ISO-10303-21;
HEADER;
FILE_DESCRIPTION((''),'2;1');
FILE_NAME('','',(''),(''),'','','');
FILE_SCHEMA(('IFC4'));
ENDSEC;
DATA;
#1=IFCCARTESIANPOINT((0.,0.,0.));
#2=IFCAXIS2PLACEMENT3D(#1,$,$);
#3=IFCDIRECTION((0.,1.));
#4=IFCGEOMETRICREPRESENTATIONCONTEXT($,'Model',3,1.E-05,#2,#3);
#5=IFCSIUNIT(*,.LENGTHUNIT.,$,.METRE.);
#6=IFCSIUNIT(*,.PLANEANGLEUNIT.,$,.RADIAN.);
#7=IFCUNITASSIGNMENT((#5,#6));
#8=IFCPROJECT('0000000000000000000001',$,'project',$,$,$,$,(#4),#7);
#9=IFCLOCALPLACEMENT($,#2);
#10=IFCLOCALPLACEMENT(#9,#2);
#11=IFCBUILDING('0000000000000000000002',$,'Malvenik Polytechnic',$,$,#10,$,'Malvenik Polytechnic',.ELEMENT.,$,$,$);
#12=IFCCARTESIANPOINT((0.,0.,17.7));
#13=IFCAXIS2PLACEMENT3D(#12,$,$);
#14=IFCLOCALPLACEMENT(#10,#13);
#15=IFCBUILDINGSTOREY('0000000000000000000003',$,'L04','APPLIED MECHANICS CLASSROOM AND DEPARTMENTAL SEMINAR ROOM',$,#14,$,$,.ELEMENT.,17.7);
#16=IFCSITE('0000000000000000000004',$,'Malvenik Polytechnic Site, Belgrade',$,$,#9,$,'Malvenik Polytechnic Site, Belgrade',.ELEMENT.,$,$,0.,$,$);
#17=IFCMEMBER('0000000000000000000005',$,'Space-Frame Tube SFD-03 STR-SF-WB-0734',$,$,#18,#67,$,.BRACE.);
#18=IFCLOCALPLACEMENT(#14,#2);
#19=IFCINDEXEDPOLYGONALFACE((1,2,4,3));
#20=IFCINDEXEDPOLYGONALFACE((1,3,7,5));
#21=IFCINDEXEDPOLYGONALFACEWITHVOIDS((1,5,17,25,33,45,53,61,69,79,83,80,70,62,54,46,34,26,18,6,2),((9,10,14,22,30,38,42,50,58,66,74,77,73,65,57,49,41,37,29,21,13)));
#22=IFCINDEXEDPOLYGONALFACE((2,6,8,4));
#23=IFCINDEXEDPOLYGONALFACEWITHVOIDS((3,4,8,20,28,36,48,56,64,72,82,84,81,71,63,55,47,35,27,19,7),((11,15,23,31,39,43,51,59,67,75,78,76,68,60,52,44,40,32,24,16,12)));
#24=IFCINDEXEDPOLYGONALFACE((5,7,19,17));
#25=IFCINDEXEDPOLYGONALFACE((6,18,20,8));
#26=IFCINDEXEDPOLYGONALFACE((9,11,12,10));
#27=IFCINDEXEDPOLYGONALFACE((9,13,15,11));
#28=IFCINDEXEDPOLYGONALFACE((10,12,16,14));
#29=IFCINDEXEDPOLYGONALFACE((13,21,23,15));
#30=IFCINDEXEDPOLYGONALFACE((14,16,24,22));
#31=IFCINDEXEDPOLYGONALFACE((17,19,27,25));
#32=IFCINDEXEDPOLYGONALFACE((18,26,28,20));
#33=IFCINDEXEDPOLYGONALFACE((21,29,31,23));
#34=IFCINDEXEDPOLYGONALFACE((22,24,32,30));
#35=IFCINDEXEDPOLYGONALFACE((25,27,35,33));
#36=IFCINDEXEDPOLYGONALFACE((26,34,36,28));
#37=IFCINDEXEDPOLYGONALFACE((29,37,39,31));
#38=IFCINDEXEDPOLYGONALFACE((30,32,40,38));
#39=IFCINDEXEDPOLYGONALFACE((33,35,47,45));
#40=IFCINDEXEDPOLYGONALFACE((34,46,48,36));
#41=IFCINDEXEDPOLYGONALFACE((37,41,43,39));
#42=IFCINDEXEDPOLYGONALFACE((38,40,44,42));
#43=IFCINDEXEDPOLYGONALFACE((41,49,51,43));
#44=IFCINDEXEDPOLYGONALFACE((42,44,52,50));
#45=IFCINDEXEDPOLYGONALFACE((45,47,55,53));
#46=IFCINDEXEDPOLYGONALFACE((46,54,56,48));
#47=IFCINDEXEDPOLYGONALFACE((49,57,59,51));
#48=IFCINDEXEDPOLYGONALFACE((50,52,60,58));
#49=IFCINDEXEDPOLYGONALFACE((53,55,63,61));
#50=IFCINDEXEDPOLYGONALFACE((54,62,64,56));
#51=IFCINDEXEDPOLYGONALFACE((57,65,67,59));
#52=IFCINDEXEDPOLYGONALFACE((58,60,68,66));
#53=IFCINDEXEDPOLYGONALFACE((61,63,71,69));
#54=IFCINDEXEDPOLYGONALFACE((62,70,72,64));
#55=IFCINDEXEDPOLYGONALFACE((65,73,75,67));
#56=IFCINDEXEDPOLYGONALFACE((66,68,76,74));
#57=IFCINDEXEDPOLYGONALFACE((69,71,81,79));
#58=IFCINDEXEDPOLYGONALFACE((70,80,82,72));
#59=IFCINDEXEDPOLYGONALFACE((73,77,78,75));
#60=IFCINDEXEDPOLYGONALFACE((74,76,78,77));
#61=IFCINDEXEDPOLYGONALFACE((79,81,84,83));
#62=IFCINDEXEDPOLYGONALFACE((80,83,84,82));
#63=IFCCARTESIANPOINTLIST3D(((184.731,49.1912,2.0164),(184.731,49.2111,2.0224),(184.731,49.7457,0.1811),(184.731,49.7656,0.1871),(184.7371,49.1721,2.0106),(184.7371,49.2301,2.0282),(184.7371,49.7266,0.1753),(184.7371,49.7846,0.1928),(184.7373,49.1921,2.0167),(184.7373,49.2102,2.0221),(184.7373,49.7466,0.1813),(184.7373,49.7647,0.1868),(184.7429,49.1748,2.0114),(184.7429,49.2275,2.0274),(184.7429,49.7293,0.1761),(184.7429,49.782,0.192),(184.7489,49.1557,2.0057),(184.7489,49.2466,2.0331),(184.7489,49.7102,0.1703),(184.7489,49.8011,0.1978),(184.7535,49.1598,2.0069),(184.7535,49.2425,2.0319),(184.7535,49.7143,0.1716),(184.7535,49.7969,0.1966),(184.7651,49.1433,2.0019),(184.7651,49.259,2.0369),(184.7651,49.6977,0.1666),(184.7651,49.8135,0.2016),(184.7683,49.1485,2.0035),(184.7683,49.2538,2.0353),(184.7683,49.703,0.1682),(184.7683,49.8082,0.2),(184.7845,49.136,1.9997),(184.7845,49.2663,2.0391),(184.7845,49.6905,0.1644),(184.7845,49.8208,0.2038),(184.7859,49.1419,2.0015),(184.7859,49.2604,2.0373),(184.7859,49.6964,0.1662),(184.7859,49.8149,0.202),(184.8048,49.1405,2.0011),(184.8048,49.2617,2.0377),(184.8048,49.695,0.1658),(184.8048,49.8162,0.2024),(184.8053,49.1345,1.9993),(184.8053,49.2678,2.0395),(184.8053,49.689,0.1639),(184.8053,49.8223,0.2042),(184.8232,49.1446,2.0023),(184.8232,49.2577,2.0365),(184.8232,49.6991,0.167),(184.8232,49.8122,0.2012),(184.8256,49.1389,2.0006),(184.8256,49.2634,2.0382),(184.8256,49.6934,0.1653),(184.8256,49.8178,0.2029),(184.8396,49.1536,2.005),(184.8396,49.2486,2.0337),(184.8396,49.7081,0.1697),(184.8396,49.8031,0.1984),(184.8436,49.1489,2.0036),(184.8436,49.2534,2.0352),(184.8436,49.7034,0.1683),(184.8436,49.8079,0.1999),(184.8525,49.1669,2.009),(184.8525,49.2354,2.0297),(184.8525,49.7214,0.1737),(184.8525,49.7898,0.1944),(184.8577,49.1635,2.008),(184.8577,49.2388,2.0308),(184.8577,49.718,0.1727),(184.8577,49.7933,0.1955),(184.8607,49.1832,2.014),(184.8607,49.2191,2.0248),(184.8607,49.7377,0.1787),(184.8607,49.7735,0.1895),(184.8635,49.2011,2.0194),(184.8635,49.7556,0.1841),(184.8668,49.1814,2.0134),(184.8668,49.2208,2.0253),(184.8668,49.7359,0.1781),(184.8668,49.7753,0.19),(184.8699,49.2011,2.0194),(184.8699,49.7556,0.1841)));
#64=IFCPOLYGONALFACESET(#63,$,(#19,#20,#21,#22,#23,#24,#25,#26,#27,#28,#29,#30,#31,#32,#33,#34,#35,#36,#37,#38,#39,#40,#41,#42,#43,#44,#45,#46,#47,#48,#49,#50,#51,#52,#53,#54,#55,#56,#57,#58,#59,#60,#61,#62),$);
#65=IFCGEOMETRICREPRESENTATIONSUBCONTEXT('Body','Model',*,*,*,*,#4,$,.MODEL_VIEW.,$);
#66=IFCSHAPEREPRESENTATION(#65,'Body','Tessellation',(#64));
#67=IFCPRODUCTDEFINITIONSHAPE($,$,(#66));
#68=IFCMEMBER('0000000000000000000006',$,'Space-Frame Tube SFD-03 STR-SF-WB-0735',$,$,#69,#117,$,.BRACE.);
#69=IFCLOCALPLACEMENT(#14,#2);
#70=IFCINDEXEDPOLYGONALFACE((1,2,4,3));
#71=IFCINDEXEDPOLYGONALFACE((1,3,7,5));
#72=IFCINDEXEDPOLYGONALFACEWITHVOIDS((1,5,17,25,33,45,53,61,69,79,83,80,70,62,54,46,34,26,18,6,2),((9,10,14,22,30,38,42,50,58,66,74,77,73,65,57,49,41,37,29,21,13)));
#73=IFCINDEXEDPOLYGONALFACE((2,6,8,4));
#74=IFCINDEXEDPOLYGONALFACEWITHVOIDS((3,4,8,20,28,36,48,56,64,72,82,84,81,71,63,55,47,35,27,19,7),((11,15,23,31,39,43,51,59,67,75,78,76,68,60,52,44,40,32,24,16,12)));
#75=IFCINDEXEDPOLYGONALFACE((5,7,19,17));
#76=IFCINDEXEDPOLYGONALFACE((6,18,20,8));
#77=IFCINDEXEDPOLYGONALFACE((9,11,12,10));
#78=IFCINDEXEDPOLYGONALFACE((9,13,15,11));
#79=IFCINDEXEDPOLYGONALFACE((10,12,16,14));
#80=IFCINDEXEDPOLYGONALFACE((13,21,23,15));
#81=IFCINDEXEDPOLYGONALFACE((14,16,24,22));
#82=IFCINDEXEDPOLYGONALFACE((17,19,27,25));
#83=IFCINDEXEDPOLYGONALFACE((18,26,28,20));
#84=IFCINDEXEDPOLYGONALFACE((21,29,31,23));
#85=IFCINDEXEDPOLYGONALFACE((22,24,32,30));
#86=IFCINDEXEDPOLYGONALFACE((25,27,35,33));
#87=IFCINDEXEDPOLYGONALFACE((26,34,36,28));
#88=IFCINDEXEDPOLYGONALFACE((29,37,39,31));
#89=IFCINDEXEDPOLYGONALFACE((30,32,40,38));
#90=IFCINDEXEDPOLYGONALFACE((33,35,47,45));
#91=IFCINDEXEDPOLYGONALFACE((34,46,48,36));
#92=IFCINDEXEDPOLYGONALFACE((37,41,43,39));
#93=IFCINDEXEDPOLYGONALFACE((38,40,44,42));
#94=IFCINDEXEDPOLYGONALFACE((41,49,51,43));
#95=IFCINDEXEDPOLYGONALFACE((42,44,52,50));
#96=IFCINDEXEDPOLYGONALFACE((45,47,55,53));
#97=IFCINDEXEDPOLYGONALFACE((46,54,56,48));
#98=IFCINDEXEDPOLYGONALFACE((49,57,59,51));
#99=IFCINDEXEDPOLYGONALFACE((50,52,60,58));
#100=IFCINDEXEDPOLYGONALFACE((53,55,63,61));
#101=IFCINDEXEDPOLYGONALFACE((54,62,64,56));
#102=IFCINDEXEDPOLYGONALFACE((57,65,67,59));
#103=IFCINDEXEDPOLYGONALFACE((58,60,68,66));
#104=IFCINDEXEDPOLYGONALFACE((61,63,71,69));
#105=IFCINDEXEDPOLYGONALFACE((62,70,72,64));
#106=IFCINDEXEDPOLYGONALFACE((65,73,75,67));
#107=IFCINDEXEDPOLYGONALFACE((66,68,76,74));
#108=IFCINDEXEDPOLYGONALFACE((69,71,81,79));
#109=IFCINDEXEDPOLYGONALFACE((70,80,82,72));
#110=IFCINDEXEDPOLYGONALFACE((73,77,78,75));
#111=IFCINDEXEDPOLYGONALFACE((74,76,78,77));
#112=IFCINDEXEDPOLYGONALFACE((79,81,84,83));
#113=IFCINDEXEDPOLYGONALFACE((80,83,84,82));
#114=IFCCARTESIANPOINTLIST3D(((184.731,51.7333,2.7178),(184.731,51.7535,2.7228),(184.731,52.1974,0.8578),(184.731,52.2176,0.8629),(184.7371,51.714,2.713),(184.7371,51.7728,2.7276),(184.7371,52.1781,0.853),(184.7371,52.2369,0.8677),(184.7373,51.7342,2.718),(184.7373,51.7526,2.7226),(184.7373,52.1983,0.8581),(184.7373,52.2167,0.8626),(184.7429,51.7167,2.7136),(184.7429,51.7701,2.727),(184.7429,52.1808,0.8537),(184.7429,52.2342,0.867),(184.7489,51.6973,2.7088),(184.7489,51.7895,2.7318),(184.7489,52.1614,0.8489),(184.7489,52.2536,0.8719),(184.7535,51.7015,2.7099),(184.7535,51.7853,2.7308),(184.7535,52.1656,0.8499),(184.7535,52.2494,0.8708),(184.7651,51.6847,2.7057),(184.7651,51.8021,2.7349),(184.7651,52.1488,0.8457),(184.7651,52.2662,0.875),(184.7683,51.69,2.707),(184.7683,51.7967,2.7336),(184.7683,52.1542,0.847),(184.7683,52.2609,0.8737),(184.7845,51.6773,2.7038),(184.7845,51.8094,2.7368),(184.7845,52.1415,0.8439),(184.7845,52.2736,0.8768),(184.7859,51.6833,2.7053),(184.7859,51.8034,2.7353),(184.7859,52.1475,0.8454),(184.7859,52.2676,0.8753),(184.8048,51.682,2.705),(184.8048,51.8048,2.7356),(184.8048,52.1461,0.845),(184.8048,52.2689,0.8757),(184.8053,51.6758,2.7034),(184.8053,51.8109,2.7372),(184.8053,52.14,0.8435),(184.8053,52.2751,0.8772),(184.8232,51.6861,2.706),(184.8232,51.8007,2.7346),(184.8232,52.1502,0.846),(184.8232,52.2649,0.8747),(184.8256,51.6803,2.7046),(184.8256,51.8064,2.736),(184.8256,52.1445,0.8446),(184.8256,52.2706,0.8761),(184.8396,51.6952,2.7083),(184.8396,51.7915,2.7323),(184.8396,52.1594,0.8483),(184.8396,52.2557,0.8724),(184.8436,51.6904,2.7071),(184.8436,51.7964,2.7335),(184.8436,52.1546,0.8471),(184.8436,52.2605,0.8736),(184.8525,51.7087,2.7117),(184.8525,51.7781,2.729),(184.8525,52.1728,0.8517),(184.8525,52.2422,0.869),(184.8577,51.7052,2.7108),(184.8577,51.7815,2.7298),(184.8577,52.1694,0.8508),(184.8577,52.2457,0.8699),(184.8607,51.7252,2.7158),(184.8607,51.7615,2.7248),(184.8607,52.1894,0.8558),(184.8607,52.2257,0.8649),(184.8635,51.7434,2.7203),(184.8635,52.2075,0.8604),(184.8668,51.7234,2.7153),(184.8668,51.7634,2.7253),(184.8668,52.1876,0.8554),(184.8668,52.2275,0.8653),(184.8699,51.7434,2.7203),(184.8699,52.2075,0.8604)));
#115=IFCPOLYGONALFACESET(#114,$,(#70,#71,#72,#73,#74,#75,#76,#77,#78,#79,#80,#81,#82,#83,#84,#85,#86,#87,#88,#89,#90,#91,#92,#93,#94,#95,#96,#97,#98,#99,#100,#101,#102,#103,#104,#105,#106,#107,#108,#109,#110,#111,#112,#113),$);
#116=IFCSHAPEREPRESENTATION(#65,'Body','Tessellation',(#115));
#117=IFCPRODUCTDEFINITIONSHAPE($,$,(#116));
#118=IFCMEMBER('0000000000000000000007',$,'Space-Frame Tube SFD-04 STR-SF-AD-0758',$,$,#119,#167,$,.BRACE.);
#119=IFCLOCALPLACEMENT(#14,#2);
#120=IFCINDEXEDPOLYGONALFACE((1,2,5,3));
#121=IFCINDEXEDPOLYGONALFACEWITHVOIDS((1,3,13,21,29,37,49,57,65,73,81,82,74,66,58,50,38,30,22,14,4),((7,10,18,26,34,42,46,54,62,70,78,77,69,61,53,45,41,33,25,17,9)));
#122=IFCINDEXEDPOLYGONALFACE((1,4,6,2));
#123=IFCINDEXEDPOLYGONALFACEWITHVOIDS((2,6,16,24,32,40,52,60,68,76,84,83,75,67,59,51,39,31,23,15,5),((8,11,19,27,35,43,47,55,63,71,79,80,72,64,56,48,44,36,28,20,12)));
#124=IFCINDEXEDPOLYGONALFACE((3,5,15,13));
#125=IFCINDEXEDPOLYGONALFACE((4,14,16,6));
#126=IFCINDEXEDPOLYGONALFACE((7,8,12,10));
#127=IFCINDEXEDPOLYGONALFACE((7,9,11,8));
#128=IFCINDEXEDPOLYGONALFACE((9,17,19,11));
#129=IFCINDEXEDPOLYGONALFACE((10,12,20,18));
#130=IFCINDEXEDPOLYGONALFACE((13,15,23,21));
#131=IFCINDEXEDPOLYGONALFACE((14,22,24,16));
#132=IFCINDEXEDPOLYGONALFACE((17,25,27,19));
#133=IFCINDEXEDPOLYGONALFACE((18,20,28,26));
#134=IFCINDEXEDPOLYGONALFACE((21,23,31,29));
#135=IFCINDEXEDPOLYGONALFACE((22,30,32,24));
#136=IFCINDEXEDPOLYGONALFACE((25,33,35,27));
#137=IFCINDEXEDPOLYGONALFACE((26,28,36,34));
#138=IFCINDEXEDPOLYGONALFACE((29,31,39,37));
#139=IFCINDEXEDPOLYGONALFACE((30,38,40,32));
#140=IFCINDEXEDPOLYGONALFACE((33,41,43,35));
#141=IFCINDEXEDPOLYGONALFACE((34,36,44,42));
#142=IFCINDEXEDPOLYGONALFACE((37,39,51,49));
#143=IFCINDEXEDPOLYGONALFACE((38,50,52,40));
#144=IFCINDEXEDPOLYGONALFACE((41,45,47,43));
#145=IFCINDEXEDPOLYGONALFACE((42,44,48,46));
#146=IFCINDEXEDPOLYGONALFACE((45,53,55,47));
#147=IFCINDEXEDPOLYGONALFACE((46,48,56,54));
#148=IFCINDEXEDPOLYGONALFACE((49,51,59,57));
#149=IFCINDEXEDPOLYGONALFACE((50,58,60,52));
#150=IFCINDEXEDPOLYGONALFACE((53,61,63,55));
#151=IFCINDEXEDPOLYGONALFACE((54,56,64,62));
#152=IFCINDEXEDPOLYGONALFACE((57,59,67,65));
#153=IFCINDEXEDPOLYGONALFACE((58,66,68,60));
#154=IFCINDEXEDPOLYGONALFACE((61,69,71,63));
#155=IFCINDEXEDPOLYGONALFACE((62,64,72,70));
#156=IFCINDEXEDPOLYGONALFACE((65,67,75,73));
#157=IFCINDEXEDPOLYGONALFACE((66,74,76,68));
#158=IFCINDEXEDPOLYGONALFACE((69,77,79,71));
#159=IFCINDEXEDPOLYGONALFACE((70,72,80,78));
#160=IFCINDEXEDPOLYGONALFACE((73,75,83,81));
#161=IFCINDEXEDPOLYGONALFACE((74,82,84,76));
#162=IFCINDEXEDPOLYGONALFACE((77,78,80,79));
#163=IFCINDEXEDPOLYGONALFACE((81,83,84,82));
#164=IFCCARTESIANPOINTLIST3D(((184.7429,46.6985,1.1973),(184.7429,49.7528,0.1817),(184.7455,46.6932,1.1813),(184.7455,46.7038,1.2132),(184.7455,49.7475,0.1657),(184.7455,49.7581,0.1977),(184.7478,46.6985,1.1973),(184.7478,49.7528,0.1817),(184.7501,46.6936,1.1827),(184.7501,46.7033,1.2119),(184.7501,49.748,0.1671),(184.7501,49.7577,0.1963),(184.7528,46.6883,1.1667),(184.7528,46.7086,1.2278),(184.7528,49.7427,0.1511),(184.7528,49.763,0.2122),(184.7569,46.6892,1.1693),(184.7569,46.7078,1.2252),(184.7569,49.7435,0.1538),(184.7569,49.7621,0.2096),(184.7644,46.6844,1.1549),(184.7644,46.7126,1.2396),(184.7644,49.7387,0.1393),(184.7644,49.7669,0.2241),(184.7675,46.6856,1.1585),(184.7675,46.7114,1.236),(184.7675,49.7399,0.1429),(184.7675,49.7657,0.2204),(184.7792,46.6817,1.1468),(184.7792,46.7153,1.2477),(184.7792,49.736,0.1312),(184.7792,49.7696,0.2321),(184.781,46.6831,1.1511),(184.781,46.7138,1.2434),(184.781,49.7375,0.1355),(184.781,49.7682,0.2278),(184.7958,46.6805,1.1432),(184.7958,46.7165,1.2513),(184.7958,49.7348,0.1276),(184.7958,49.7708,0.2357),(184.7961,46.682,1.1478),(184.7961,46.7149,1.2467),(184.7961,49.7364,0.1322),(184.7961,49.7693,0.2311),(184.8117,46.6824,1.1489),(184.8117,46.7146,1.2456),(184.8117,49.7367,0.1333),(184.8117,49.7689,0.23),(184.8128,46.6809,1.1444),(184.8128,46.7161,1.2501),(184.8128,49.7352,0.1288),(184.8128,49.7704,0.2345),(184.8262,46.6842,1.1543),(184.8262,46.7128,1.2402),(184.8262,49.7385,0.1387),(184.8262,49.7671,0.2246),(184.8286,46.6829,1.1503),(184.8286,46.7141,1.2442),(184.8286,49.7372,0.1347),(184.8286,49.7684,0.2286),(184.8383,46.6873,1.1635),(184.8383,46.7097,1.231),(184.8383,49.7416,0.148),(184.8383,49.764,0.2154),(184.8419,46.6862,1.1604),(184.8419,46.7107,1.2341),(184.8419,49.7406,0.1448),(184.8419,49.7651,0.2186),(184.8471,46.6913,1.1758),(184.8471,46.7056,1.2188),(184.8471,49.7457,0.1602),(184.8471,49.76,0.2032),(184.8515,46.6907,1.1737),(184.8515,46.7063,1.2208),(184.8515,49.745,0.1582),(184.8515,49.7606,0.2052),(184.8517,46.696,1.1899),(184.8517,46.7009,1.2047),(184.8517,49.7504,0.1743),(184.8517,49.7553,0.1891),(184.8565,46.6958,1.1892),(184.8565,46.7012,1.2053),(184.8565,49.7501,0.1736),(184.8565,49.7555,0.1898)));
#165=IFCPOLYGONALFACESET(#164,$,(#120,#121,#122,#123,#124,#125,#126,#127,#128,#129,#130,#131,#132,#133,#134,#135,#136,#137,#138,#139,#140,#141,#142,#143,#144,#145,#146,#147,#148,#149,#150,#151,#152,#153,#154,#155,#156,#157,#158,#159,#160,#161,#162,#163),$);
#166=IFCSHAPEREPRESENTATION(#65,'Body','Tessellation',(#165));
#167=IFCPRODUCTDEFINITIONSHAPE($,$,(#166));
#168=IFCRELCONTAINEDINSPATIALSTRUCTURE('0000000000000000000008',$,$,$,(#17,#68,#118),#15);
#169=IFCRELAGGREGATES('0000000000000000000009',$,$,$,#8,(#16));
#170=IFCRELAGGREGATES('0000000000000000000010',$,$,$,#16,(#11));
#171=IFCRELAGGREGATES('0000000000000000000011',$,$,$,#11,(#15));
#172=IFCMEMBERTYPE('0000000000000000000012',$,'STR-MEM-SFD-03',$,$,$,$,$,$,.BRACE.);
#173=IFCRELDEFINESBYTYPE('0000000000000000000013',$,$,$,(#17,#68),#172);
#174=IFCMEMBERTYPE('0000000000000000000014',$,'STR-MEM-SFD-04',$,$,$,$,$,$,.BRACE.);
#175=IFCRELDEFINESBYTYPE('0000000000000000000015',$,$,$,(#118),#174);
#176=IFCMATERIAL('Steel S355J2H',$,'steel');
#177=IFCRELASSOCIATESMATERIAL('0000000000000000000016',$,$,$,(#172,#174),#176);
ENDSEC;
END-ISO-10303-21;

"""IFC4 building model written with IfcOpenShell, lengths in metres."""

from ifc_helpers import new_model, si_unit, direction, frame, origin, origin_2d, place, context, subcontext, project, spatial, hollow_circle, extrude, material, material_profile, profile_set, type_object, element, save


model = new_model("IFC4")

# Units and contexts
model_context = context("Model", 3, precision=1e-05, world=origin(), true_north=direction((0.0, 1.0)))
body_context = subcontext(model_context, "Body", "Model", "MODEL_VIEW")
ifc_project = project(units=[si_unit("LENGTHUNIT", "METRE"), si_unit("PLANEANGLEUNIT", "RADIAN")], contexts=[model_context])

# Site, building, storey
site_placement = place(None, origin())
site = spatial("IfcSite", under=ifc_project, at=site_placement, Name="Malvenik Polytechnic Site, Belgrade", LongName="Malvenik Polytechnic Site, Belgrade", CompositionType="ELEMENT", RefElevation=0.0)
building_placement = place(site_placement, origin())
building = spatial("IfcBuilding", under=site, at=building_placement, Name="Malvenik Polytechnic", LongName="Malvenik Polytechnic", CompositionType="ELEMENT")
storey_placement = place(building_placement, frame((0.0, 0.0, 17.7)))
storey = spatial("IfcBuildingStorey", under=building, at=storey_placement, Name="L04", Description="APPLIED MECHANICS CLASSROOM AND DEPARTMENTAL SEMINAR ROOM", CompositionType="ELEMENT", Elevation=17.7)

# Members
ifc_material = material(Name="Steel S355J2H", Category="steel")
ifc_material_profile_1 = material_profile(ifc_material, hollow_circle(Radius=0.0698, WallThickness=0.0063, at=origin_2d()), Name="CHS 139.7x6.3")
ifc_profile_set_1 = profile_set([ifc_material_profile_1], Name="Steel S355J2H")
member_type_1 = type_object("IfcMemberType", Name="STR-MEM-SFD-03", PredefinedType="BRACE", material=ifc_profile_set_1)
member_1_placement = place(storey_placement, frame((184.8, 49.7556, 0.1841), z_axis=(0.0, -0.289205, 0.957267), x_axis=(1.0, 0.0, 0.0)))
element("IfcMember", 1, at=member_1_placement, inside=storey, type_object=member_type_1, Name="Space-Frame Tube SFD-03 STR-SF-WB-0734", PredefinedType="BRACE", context=body_context, shape_type="SweptSolid", body=[
    extrude(hollow_circle(Radius=0.0698, WallThickness=0.0063, at=origin_2d()), origin(), (0.0, 0.0, 1.0), 1.9172),
])
member_2_placement = place(storey_placement, frame((184.8, 52.2075, 0.8604), z_axis=(0.0, -0.242116, 0.970247), x_axis=(1.0, 0.0, 0.0)))
element("IfcMember", 2, at=member_2_placement, inside=storey, type_object=member_type_1, Name="Space-Frame Tube SFD-03 STR-SF-WB-0735", PredefinedType="BRACE", context=body_context, shape_type="SweptSolid", body=[
    extrude(hollow_circle(Radius=0.0698, WallThickness=0.0063, at=origin_2d()), origin(), (0.0, 0.0, 1.0), 1.917),
])
ifc_material_profile_2 = material_profile(ifc_material, hollow_circle(Radius=0.0571, WallThickness=0.0049, at=origin_2d()), Name="CHS 114.3x5.0")
ifc_profile_set_2 = profile_set([ifc_material_profile_2], Name="Steel S355J2H")
member_type_2 = type_object("IfcMemberType", Name="STR-MEM-SFD-04", PredefinedType="BRACE", material=ifc_profile_set_2)
member_3_placement = place(storey_placement, frame((184.8, 46.6985, 1.1973), z_axis=(0.0, 0.948918, -0.315522), x_axis=(-1.0, 0.0, 0.0)))
element("IfcMember", 3, at=member_3_placement, inside=storey, type_object=member_type_2, Name="Space-Frame Tube SFD-04 STR-SF-AD-0758", PredefinedType="BRACE", context=body_context, shape_type="SweptSolid", body=[
    extrude(hollow_circle(Radius=0.0571, WallThickness=0.0049, at=origin_2d()), origin(), (0.0, 0.0, 1.0), 3.2188),
])

save(model, "model.ifc")
